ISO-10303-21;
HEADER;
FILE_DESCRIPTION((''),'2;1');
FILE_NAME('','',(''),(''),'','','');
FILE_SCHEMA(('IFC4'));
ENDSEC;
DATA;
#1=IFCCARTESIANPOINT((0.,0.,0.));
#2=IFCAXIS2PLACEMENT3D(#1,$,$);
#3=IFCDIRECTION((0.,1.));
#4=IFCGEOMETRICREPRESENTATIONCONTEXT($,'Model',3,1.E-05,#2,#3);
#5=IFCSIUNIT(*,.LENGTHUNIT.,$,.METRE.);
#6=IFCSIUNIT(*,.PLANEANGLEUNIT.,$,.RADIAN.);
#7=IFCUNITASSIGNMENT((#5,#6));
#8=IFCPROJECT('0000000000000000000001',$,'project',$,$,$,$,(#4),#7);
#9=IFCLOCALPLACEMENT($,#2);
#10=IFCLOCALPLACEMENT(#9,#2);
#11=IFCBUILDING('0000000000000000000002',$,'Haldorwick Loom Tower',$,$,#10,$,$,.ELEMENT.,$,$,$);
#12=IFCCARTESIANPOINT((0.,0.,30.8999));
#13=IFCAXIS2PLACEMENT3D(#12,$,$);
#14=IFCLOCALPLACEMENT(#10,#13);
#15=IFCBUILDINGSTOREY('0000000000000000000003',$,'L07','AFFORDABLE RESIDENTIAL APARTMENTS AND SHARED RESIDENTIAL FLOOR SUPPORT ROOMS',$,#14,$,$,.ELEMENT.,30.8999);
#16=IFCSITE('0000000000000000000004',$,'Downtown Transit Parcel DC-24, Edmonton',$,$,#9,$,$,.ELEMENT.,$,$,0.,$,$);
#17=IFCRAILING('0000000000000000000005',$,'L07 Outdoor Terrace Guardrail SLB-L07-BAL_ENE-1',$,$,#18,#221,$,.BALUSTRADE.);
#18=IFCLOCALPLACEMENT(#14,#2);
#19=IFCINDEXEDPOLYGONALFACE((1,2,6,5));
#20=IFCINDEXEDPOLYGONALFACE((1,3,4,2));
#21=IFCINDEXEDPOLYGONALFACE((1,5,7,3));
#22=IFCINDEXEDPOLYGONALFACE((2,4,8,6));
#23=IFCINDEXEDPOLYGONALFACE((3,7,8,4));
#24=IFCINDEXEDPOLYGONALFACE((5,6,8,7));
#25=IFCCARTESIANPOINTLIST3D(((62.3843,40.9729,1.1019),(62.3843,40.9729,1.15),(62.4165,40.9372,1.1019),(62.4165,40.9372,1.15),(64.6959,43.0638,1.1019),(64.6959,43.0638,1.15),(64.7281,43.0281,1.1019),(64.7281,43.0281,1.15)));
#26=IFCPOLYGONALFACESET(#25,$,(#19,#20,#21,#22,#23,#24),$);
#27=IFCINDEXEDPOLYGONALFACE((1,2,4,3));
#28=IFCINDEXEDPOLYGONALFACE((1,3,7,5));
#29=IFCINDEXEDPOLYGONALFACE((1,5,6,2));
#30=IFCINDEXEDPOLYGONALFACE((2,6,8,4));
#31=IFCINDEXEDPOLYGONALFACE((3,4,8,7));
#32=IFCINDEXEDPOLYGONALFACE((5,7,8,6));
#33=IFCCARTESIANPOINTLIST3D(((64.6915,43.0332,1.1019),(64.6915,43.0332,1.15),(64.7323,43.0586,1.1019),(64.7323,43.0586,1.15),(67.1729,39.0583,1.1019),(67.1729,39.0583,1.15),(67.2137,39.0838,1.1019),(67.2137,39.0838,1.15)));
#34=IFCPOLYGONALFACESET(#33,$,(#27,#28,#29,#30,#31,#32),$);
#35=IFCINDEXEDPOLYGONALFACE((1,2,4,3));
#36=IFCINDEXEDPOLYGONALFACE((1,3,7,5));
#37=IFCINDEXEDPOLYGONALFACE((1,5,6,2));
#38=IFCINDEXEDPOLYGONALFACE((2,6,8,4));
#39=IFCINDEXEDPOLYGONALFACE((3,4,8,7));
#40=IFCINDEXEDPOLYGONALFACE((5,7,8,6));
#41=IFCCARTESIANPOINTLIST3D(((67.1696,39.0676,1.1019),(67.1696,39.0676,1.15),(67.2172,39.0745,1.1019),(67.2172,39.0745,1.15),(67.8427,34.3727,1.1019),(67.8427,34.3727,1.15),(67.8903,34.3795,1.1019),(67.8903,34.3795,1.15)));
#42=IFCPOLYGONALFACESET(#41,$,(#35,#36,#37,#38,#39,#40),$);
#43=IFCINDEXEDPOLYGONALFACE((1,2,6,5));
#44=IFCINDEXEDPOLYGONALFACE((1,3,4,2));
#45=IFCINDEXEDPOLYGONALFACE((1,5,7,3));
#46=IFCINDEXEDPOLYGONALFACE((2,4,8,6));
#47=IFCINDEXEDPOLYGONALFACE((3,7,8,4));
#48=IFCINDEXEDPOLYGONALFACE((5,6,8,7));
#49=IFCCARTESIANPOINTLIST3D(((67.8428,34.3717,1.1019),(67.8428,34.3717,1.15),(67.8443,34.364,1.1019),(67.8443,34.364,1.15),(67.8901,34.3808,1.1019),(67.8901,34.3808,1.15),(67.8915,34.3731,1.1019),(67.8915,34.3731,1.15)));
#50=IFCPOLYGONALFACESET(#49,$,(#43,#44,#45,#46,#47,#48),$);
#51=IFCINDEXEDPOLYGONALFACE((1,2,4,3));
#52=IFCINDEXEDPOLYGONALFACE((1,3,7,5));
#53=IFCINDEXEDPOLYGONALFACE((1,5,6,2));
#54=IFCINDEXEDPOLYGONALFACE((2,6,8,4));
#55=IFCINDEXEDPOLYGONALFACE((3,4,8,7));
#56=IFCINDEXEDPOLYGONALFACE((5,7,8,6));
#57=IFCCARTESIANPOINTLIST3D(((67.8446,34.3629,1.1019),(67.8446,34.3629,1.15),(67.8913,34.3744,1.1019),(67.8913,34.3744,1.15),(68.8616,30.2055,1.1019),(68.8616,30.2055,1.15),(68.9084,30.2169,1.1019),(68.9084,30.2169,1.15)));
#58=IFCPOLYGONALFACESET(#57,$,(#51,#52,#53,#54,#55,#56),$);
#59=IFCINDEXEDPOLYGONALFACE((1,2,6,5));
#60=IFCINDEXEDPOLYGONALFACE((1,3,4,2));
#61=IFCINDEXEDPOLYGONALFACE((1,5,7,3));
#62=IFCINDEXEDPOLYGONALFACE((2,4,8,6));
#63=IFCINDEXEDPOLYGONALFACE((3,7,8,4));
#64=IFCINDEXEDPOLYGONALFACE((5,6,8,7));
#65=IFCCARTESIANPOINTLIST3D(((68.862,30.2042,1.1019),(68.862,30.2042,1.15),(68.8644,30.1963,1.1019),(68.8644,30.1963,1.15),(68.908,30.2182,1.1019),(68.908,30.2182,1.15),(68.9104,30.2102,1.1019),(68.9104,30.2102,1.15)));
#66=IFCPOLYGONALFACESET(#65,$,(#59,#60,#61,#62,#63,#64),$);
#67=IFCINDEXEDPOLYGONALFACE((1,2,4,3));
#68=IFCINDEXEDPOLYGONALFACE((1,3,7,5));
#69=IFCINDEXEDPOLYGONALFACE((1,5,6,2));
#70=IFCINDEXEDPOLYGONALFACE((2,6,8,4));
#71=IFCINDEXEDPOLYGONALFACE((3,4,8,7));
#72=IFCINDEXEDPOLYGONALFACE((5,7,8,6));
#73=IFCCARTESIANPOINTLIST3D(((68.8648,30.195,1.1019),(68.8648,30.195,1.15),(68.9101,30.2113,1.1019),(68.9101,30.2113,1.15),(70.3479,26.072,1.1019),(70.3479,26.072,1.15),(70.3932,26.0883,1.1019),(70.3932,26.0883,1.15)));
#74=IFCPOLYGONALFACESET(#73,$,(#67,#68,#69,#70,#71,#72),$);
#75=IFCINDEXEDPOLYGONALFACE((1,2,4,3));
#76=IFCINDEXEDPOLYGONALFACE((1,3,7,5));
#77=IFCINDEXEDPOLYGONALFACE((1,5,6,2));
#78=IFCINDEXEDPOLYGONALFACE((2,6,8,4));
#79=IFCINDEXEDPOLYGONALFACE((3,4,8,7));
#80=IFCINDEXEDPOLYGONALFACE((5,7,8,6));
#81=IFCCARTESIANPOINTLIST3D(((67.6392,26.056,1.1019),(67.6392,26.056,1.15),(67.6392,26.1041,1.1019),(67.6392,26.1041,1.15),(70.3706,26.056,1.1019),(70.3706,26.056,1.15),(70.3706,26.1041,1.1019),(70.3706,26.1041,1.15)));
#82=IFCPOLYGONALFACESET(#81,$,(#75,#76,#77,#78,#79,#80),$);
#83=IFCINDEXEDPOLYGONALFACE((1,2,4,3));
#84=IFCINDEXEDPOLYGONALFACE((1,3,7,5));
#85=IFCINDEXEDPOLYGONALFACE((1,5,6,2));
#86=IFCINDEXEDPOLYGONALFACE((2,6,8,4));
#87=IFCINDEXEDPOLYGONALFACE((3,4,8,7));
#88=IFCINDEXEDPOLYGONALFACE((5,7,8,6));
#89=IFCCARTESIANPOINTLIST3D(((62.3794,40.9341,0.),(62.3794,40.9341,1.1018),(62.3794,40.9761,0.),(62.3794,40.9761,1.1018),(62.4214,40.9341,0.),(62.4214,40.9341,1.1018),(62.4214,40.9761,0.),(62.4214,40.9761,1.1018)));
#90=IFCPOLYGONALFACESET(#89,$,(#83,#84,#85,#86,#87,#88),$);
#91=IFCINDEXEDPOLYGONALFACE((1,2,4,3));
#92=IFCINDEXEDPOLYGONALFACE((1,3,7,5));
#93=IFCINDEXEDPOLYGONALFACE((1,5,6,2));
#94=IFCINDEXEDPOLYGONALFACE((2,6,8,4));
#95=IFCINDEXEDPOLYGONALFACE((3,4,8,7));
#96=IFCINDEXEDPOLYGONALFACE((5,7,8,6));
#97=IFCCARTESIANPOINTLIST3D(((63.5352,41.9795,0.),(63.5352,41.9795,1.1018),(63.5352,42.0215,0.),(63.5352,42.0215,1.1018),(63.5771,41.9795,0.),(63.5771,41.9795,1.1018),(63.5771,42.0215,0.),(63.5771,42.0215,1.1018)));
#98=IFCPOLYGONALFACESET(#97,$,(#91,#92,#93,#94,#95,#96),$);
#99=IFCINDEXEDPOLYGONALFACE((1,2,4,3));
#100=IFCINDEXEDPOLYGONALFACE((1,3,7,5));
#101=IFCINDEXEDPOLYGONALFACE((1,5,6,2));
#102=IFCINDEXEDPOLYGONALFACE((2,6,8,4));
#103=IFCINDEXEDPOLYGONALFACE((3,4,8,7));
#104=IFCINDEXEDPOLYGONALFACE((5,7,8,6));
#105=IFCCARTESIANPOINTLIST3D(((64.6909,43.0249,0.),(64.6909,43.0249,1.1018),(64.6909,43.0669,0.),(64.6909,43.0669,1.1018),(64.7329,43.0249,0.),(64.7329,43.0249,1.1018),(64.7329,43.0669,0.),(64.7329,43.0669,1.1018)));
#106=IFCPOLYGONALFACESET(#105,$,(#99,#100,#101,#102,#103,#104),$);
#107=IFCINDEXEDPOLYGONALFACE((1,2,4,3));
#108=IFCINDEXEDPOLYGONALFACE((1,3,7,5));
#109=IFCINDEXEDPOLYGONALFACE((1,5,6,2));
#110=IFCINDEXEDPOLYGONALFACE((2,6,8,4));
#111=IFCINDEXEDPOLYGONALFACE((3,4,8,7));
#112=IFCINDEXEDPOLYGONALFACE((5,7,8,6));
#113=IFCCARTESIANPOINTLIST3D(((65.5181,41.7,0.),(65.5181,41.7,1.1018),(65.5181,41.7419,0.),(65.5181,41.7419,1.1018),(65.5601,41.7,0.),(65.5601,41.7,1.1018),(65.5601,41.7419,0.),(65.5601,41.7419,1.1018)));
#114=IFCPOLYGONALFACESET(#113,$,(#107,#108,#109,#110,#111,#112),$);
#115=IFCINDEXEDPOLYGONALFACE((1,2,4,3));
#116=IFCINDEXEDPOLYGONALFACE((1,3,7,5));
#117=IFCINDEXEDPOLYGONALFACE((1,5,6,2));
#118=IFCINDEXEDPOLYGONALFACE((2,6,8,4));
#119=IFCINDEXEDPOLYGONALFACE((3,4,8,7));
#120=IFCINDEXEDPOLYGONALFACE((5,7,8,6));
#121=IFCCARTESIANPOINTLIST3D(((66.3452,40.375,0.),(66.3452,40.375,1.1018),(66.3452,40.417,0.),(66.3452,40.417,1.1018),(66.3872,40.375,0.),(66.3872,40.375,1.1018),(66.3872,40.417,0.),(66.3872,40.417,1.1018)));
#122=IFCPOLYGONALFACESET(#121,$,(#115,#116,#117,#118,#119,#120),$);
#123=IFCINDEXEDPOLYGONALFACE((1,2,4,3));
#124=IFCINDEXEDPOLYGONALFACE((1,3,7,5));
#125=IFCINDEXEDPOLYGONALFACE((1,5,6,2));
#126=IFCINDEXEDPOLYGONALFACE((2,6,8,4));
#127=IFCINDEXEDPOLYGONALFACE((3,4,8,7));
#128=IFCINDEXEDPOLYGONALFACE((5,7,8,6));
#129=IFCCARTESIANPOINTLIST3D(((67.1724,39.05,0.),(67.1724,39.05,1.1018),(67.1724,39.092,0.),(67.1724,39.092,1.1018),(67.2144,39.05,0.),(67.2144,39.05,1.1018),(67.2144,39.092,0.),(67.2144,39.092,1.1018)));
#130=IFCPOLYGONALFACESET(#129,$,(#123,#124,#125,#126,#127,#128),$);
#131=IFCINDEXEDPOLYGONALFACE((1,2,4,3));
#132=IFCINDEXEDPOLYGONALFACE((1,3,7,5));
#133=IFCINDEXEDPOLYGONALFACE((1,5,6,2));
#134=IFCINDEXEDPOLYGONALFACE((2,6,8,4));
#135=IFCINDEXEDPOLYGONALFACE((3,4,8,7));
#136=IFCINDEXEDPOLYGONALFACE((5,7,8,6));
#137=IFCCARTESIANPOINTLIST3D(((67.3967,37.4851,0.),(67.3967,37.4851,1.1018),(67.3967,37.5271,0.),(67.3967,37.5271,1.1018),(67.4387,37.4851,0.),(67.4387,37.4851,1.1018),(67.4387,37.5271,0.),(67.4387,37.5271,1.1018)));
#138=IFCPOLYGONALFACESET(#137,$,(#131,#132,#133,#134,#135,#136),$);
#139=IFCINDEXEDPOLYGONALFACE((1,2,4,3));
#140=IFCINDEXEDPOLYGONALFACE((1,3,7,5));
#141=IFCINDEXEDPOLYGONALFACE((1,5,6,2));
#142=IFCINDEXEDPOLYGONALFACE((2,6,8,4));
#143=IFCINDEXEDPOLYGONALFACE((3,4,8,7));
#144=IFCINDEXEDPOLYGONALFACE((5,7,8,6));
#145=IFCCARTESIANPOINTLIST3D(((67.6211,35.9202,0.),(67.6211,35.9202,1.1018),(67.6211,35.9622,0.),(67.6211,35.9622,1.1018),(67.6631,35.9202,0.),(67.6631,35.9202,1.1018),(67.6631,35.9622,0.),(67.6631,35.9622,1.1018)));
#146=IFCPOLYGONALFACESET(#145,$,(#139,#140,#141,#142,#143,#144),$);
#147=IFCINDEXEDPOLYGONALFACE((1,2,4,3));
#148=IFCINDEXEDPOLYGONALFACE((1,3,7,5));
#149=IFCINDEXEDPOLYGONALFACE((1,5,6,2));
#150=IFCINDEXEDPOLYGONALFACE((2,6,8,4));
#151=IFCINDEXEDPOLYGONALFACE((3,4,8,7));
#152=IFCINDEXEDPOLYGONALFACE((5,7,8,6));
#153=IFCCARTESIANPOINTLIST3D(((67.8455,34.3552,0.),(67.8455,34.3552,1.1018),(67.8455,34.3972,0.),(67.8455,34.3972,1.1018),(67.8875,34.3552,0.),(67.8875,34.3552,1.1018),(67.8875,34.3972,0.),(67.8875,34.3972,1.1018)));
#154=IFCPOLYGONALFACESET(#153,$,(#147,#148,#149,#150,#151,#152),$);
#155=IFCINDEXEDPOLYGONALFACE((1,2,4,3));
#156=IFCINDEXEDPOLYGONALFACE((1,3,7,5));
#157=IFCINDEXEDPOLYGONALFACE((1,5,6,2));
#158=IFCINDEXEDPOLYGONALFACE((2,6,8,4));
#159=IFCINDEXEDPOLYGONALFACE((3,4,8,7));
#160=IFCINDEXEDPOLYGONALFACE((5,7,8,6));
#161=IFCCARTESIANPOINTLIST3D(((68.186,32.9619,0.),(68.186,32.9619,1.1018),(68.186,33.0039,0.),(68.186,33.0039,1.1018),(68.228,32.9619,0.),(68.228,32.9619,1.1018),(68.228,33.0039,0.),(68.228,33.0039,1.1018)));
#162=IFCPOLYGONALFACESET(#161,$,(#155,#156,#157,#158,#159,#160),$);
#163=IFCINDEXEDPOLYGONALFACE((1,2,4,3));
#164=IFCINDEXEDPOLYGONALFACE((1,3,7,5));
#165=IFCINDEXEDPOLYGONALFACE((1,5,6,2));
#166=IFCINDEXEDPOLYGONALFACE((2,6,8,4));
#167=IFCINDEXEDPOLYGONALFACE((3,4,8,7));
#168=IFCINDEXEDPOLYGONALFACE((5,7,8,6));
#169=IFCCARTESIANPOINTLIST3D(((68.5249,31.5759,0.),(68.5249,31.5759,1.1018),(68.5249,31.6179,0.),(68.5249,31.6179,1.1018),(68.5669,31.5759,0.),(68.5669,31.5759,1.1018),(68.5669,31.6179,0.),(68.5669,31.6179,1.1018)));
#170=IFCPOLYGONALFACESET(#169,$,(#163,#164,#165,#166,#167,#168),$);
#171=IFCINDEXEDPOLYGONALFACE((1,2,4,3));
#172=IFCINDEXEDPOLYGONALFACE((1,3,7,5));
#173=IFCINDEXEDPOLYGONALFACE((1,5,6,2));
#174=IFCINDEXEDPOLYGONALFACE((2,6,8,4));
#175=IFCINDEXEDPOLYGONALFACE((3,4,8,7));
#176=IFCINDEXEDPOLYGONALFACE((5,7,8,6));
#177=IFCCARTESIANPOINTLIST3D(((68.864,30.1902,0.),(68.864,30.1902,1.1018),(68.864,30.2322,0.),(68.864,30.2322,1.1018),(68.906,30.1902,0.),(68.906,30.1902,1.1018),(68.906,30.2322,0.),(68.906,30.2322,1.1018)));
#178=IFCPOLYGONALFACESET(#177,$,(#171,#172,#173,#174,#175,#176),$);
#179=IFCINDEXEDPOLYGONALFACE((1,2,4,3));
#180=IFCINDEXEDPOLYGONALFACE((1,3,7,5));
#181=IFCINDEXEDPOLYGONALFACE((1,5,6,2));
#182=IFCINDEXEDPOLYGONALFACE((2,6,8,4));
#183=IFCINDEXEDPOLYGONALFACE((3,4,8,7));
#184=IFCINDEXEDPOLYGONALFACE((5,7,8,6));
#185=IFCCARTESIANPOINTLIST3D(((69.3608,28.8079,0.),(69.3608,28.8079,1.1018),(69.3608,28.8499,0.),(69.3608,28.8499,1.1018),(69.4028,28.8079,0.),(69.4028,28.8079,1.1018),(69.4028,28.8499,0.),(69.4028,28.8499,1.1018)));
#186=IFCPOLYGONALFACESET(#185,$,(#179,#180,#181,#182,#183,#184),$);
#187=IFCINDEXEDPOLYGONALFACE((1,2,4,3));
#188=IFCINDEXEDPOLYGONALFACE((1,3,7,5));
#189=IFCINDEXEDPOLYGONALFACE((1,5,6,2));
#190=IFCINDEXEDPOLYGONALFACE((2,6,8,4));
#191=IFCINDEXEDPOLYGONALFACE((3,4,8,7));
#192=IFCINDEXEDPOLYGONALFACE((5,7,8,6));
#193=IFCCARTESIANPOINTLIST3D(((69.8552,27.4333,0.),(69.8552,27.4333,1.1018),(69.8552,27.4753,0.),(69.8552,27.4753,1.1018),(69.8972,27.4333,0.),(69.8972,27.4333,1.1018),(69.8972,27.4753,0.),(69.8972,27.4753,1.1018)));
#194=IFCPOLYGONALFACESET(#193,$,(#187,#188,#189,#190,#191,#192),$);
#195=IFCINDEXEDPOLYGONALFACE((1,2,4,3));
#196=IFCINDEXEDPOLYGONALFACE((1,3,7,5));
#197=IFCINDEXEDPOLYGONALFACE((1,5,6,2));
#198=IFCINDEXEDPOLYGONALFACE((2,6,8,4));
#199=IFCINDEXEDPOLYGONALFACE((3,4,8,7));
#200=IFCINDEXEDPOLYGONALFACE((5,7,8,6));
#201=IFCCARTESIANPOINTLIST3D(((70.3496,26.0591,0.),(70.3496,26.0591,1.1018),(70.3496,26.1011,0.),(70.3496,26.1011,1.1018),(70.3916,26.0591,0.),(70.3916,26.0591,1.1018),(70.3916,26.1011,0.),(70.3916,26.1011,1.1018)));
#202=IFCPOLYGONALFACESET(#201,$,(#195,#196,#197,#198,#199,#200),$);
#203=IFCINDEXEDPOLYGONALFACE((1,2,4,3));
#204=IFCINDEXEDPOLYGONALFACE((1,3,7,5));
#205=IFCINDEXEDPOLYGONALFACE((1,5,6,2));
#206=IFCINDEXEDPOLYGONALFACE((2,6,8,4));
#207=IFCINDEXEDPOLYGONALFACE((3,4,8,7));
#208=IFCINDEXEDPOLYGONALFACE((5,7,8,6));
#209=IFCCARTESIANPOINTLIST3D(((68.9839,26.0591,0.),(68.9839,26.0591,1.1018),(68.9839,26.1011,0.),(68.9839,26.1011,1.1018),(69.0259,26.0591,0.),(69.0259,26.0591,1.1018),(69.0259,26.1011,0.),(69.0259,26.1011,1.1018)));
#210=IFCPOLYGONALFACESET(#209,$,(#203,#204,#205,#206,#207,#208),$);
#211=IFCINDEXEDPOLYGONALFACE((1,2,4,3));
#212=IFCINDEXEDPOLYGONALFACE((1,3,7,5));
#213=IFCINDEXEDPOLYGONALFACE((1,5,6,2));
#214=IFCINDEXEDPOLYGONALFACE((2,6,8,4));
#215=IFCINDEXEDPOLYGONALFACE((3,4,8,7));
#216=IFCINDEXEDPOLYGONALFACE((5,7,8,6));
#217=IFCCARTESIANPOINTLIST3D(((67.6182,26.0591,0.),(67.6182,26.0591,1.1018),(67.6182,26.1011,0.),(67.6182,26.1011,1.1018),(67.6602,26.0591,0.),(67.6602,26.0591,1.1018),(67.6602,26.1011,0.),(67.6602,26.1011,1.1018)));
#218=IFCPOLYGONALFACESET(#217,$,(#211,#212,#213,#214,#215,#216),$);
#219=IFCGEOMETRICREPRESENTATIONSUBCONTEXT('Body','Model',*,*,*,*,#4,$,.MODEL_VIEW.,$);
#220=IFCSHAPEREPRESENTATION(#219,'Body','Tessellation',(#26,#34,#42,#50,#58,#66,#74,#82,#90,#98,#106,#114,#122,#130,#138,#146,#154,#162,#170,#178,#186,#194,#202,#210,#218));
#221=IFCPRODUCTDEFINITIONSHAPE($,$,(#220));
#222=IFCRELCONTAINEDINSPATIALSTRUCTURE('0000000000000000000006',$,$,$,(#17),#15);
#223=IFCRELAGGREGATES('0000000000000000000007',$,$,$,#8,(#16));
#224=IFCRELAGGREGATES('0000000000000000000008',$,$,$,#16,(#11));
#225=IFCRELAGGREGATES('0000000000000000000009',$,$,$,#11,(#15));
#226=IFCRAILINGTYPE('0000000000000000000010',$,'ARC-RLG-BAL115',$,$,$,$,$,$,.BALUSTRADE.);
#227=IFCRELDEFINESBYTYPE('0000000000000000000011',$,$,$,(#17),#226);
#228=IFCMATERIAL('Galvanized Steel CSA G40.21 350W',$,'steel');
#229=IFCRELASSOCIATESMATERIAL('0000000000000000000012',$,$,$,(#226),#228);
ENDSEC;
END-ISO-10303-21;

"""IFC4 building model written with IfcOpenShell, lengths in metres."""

from ifc_helpers import new_model, si_unit, direction, frame, origin, origin_2d, place, context, subcontext, project, spatial, rectangle, extrude, material, type_object, element, save


model = new_model("IFC4")

# Units and contexts
model_context = context("Model", 3, precision=1e-05, world=origin(), true_north=direction((0.0, 1.0)))
body_context = subcontext(model_context, "Body", "Model", "MODEL_VIEW")
ifc_project = project(units=[si_unit("LENGTHUNIT", "METRE"), si_unit("PLANEANGLEUNIT", "RADIAN")], contexts=[model_context])

# Site, building, storey
site_placement = place(None, origin())
site = spatial("IfcSite", under=ifc_project, at=site_placement, Name="Downtown Transit Parcel DC-24, Edmonton", CompositionType="ELEMENT", RefElevation=0.0)
building_placement = place(site_placement, origin())
building = spatial("IfcBuilding", under=site, at=building_placement, Name="Haldorwick Loom Tower", CompositionType="ELEMENT")
storey_placement = place(building_placement, frame((0.0, 0.0, 30.8999)))
storey = spatial("IfcBuildingStorey", under=building, at=storey_placement, Name="L07", Description="AFFORDABLE RESIDENTIAL APARTMENTS AND SHARED RESIDENTIAL FLOOR SUPPORT ROOMS", CompositionType="ELEMENT", Elevation=30.8999)

# Railing
ifc_material_1 = material(Name="Galvanized Steel CSA G40.21 350W", Category="steel")
railing_type = type_object("IfcRailingType", Name="ARC-RLG-BAL115", PredefinedType="BALUSTRADE", material=ifc_material_1)
railing_placement = place(storey_placement, frame((62.4004, 40.9551, 0.0)))
element("IfcRailing", 1, at=railing_placement, inside=storey, type_object=railing_type, Name="L07 Outdoor Terrace Guardrail SLB-L07-BAL_ENE-1", PredefinedType="BALUSTRADE", context=body_context, shape_type="SweptSolid", body=[
    extrude(rectangle(XDim=0.0481, YDim=0.0481, at=origin_2d()), frame((0.0, 0.0, 1.126), z_axis=(0.741625, 0.670815, 0.0), x_axis=(-0.670815, 0.741625, 0.0)), (0.0, 0.0, 1.0), 3.1169),
    extrude(rectangle(XDim=0.0481, YDim=0.0481, at=origin_2d()), frame((2.3115, 2.0908, 1.126), z_axis=(0.529563, -0.84827, 0.0), x_axis=(0.84827, 0.529563, 0.0)), (0.0, 0.0, 1.0), 4.6858),
    extrude(rectangle(XDim=0.0481, YDim=0.0481, at=origin_2d()), frame((4.793, -1.884, 1.126), z_axis=(0.141919, -0.989878, 0.0), x_axis=(0.989878, 0.141919, 0.0)), (0.0, 0.0, 1.0), 4.7429),
    extrude(rectangle(XDim=0.0481, YDim=0.0481, at=origin_2d()), frame((5.4661, -6.5789, 1.126), z_axis=(0.190022, -0.98178, 0.0), x_axis=(0.98178, 0.190022, 0.0)), (0.0, 0.0, 1.0), 0.0078),
    extrude(rectangle(XDim=0.0481, YDim=0.0481, at=origin_2d()), frame((5.4675, -6.5864, 1.126), z_axis=(0.237634, -0.971355, 0.0), x_axis=(0.971355, 0.237634, 0.0)), (0.0, 0.0, 1.0), 4.28),
    extrude(rectangle(XDim=0.0481, YDim=0.0481, at=origin_2d()), frame((6.4846, -10.7439, 1.126), z_axis=(0.290007, -0.957024, 0.0), x_axis=(0.957024, 0.290007, 0.0)), (0.0, 0.0, 1.0), 0.0083),
    extrude(rectangle(XDim=0.0481, YDim=0.0481, at=origin_2d()), frame((6.4871, -10.752, 1.126), z_axis=(0.338489, -0.94097, 0.0), x_axis=(0.94097, 0.338489, 0.0)), (0.0, 0.0, 1.0), 4.3816),
    extrude(rectangle(XDim=0.0481, YDim=0.0481, at=origin_2d()), frame((7.9702, -14.875, 1.126), z_axis=(-1.0, 0.0, 0.0), x_axis=(0.0, -1.0, 0.0)), (0.0, 0.0, 1.0), 2.7314),
    extrude(rectangle(XDim=0.042, YDim=0.042, at=origin_2d()), origin(), (0.0, 0.0, 1.0), 1.1018),
    extrude(rectangle(XDim=0.042, YDim=0.042, at=origin_2d()), frame((1.1558, 1.0454, 0.0)), (0.0, 0.0, 1.0), 1.1018),
    extrude(rectangle(XDim=0.042, YDim=0.042, at=origin_2d()), frame((2.3115, 2.0908, 0.0)), (0.0, 0.0, 1.0), 1.1018),
    extrude(rectangle(XDim=0.042, YDim=0.042, at=origin_2d()), frame((3.1387, 0.7659, 0.0)), (0.0, 0.0, 1.0), 1.1018),
    extrude(rectangle(XDim=0.042, YDim=0.042, at=origin_2d()), frame((3.9658, -0.5591, 0.0)), (0.0, 0.0, 1.0), 1.1018),
    extrude(rectangle(XDim=0.042, YDim=0.042, at=origin_2d()), frame((4.793, -1.884, 0.0)), (0.0, 0.0, 1.0), 1.1018),
    extrude(rectangle(XDim=0.042, YDim=0.042, at=origin_2d()), frame((5.0173, -3.449, 0.0)), (0.0, 0.0, 1.0), 1.1018),
    extrude(rectangle(XDim=0.042, YDim=0.042, at=origin_2d()), frame((5.2417, -5.0139, 0.0)), (0.0, 0.0, 1.0), 1.1018),
    extrude(rectangle(XDim=0.042, YDim=0.042, at=origin_2d()), frame((5.4661, -6.5789, 0.0)), (0.0, 0.0, 1.0), 1.1018),
    extrude(rectangle(XDim=0.042, YDim=0.042, at=origin_2d()), frame((5.8066, -7.9722, 0.0)), (0.0, 0.0, 1.0), 1.1018),
    extrude(rectangle(XDim=0.042, YDim=0.042, at=origin_2d()), frame((6.1455, -9.3582, 0.0)), (0.0, 0.0, 1.0), 1.1018),
    extrude(rectangle(XDim=0.042, YDim=0.042, at=origin_2d()), frame((6.4846, -10.7439, 0.0)), (0.0, 0.0, 1.0), 1.1018),
    extrude(rectangle(XDim=0.042, YDim=0.042, at=origin_2d()), frame((6.9814, -12.1262, 0.0)), (0.0, 0.0, 1.0), 1.1018),
    extrude(rectangle(XDim=0.042, YDim=0.042, at=origin_2d()), frame((7.4758, -13.5007, 0.0)), (0.0, 0.0, 1.0), 1.1018),
    extrude(rectangle(XDim=0.042, YDim=0.042, at=origin_2d()), frame((7.9702, -14.875, 0.0)), (0.0, 0.0, 1.0), 1.1018),
    extrude(rectangle(XDim=0.042, YDim=0.042, at=origin_2d()), frame((6.6045, -14.875, 0.0)), (0.0, 0.0, 1.0), 1.1018),
    extrude(rectangle(XDim=0.042, YDim=0.042, at=origin_2d()), frame((5.2388, -14.875, 0.0)), (0.0, 0.0, 1.0), 1.1018),
])

save(model, "model.ifc")
